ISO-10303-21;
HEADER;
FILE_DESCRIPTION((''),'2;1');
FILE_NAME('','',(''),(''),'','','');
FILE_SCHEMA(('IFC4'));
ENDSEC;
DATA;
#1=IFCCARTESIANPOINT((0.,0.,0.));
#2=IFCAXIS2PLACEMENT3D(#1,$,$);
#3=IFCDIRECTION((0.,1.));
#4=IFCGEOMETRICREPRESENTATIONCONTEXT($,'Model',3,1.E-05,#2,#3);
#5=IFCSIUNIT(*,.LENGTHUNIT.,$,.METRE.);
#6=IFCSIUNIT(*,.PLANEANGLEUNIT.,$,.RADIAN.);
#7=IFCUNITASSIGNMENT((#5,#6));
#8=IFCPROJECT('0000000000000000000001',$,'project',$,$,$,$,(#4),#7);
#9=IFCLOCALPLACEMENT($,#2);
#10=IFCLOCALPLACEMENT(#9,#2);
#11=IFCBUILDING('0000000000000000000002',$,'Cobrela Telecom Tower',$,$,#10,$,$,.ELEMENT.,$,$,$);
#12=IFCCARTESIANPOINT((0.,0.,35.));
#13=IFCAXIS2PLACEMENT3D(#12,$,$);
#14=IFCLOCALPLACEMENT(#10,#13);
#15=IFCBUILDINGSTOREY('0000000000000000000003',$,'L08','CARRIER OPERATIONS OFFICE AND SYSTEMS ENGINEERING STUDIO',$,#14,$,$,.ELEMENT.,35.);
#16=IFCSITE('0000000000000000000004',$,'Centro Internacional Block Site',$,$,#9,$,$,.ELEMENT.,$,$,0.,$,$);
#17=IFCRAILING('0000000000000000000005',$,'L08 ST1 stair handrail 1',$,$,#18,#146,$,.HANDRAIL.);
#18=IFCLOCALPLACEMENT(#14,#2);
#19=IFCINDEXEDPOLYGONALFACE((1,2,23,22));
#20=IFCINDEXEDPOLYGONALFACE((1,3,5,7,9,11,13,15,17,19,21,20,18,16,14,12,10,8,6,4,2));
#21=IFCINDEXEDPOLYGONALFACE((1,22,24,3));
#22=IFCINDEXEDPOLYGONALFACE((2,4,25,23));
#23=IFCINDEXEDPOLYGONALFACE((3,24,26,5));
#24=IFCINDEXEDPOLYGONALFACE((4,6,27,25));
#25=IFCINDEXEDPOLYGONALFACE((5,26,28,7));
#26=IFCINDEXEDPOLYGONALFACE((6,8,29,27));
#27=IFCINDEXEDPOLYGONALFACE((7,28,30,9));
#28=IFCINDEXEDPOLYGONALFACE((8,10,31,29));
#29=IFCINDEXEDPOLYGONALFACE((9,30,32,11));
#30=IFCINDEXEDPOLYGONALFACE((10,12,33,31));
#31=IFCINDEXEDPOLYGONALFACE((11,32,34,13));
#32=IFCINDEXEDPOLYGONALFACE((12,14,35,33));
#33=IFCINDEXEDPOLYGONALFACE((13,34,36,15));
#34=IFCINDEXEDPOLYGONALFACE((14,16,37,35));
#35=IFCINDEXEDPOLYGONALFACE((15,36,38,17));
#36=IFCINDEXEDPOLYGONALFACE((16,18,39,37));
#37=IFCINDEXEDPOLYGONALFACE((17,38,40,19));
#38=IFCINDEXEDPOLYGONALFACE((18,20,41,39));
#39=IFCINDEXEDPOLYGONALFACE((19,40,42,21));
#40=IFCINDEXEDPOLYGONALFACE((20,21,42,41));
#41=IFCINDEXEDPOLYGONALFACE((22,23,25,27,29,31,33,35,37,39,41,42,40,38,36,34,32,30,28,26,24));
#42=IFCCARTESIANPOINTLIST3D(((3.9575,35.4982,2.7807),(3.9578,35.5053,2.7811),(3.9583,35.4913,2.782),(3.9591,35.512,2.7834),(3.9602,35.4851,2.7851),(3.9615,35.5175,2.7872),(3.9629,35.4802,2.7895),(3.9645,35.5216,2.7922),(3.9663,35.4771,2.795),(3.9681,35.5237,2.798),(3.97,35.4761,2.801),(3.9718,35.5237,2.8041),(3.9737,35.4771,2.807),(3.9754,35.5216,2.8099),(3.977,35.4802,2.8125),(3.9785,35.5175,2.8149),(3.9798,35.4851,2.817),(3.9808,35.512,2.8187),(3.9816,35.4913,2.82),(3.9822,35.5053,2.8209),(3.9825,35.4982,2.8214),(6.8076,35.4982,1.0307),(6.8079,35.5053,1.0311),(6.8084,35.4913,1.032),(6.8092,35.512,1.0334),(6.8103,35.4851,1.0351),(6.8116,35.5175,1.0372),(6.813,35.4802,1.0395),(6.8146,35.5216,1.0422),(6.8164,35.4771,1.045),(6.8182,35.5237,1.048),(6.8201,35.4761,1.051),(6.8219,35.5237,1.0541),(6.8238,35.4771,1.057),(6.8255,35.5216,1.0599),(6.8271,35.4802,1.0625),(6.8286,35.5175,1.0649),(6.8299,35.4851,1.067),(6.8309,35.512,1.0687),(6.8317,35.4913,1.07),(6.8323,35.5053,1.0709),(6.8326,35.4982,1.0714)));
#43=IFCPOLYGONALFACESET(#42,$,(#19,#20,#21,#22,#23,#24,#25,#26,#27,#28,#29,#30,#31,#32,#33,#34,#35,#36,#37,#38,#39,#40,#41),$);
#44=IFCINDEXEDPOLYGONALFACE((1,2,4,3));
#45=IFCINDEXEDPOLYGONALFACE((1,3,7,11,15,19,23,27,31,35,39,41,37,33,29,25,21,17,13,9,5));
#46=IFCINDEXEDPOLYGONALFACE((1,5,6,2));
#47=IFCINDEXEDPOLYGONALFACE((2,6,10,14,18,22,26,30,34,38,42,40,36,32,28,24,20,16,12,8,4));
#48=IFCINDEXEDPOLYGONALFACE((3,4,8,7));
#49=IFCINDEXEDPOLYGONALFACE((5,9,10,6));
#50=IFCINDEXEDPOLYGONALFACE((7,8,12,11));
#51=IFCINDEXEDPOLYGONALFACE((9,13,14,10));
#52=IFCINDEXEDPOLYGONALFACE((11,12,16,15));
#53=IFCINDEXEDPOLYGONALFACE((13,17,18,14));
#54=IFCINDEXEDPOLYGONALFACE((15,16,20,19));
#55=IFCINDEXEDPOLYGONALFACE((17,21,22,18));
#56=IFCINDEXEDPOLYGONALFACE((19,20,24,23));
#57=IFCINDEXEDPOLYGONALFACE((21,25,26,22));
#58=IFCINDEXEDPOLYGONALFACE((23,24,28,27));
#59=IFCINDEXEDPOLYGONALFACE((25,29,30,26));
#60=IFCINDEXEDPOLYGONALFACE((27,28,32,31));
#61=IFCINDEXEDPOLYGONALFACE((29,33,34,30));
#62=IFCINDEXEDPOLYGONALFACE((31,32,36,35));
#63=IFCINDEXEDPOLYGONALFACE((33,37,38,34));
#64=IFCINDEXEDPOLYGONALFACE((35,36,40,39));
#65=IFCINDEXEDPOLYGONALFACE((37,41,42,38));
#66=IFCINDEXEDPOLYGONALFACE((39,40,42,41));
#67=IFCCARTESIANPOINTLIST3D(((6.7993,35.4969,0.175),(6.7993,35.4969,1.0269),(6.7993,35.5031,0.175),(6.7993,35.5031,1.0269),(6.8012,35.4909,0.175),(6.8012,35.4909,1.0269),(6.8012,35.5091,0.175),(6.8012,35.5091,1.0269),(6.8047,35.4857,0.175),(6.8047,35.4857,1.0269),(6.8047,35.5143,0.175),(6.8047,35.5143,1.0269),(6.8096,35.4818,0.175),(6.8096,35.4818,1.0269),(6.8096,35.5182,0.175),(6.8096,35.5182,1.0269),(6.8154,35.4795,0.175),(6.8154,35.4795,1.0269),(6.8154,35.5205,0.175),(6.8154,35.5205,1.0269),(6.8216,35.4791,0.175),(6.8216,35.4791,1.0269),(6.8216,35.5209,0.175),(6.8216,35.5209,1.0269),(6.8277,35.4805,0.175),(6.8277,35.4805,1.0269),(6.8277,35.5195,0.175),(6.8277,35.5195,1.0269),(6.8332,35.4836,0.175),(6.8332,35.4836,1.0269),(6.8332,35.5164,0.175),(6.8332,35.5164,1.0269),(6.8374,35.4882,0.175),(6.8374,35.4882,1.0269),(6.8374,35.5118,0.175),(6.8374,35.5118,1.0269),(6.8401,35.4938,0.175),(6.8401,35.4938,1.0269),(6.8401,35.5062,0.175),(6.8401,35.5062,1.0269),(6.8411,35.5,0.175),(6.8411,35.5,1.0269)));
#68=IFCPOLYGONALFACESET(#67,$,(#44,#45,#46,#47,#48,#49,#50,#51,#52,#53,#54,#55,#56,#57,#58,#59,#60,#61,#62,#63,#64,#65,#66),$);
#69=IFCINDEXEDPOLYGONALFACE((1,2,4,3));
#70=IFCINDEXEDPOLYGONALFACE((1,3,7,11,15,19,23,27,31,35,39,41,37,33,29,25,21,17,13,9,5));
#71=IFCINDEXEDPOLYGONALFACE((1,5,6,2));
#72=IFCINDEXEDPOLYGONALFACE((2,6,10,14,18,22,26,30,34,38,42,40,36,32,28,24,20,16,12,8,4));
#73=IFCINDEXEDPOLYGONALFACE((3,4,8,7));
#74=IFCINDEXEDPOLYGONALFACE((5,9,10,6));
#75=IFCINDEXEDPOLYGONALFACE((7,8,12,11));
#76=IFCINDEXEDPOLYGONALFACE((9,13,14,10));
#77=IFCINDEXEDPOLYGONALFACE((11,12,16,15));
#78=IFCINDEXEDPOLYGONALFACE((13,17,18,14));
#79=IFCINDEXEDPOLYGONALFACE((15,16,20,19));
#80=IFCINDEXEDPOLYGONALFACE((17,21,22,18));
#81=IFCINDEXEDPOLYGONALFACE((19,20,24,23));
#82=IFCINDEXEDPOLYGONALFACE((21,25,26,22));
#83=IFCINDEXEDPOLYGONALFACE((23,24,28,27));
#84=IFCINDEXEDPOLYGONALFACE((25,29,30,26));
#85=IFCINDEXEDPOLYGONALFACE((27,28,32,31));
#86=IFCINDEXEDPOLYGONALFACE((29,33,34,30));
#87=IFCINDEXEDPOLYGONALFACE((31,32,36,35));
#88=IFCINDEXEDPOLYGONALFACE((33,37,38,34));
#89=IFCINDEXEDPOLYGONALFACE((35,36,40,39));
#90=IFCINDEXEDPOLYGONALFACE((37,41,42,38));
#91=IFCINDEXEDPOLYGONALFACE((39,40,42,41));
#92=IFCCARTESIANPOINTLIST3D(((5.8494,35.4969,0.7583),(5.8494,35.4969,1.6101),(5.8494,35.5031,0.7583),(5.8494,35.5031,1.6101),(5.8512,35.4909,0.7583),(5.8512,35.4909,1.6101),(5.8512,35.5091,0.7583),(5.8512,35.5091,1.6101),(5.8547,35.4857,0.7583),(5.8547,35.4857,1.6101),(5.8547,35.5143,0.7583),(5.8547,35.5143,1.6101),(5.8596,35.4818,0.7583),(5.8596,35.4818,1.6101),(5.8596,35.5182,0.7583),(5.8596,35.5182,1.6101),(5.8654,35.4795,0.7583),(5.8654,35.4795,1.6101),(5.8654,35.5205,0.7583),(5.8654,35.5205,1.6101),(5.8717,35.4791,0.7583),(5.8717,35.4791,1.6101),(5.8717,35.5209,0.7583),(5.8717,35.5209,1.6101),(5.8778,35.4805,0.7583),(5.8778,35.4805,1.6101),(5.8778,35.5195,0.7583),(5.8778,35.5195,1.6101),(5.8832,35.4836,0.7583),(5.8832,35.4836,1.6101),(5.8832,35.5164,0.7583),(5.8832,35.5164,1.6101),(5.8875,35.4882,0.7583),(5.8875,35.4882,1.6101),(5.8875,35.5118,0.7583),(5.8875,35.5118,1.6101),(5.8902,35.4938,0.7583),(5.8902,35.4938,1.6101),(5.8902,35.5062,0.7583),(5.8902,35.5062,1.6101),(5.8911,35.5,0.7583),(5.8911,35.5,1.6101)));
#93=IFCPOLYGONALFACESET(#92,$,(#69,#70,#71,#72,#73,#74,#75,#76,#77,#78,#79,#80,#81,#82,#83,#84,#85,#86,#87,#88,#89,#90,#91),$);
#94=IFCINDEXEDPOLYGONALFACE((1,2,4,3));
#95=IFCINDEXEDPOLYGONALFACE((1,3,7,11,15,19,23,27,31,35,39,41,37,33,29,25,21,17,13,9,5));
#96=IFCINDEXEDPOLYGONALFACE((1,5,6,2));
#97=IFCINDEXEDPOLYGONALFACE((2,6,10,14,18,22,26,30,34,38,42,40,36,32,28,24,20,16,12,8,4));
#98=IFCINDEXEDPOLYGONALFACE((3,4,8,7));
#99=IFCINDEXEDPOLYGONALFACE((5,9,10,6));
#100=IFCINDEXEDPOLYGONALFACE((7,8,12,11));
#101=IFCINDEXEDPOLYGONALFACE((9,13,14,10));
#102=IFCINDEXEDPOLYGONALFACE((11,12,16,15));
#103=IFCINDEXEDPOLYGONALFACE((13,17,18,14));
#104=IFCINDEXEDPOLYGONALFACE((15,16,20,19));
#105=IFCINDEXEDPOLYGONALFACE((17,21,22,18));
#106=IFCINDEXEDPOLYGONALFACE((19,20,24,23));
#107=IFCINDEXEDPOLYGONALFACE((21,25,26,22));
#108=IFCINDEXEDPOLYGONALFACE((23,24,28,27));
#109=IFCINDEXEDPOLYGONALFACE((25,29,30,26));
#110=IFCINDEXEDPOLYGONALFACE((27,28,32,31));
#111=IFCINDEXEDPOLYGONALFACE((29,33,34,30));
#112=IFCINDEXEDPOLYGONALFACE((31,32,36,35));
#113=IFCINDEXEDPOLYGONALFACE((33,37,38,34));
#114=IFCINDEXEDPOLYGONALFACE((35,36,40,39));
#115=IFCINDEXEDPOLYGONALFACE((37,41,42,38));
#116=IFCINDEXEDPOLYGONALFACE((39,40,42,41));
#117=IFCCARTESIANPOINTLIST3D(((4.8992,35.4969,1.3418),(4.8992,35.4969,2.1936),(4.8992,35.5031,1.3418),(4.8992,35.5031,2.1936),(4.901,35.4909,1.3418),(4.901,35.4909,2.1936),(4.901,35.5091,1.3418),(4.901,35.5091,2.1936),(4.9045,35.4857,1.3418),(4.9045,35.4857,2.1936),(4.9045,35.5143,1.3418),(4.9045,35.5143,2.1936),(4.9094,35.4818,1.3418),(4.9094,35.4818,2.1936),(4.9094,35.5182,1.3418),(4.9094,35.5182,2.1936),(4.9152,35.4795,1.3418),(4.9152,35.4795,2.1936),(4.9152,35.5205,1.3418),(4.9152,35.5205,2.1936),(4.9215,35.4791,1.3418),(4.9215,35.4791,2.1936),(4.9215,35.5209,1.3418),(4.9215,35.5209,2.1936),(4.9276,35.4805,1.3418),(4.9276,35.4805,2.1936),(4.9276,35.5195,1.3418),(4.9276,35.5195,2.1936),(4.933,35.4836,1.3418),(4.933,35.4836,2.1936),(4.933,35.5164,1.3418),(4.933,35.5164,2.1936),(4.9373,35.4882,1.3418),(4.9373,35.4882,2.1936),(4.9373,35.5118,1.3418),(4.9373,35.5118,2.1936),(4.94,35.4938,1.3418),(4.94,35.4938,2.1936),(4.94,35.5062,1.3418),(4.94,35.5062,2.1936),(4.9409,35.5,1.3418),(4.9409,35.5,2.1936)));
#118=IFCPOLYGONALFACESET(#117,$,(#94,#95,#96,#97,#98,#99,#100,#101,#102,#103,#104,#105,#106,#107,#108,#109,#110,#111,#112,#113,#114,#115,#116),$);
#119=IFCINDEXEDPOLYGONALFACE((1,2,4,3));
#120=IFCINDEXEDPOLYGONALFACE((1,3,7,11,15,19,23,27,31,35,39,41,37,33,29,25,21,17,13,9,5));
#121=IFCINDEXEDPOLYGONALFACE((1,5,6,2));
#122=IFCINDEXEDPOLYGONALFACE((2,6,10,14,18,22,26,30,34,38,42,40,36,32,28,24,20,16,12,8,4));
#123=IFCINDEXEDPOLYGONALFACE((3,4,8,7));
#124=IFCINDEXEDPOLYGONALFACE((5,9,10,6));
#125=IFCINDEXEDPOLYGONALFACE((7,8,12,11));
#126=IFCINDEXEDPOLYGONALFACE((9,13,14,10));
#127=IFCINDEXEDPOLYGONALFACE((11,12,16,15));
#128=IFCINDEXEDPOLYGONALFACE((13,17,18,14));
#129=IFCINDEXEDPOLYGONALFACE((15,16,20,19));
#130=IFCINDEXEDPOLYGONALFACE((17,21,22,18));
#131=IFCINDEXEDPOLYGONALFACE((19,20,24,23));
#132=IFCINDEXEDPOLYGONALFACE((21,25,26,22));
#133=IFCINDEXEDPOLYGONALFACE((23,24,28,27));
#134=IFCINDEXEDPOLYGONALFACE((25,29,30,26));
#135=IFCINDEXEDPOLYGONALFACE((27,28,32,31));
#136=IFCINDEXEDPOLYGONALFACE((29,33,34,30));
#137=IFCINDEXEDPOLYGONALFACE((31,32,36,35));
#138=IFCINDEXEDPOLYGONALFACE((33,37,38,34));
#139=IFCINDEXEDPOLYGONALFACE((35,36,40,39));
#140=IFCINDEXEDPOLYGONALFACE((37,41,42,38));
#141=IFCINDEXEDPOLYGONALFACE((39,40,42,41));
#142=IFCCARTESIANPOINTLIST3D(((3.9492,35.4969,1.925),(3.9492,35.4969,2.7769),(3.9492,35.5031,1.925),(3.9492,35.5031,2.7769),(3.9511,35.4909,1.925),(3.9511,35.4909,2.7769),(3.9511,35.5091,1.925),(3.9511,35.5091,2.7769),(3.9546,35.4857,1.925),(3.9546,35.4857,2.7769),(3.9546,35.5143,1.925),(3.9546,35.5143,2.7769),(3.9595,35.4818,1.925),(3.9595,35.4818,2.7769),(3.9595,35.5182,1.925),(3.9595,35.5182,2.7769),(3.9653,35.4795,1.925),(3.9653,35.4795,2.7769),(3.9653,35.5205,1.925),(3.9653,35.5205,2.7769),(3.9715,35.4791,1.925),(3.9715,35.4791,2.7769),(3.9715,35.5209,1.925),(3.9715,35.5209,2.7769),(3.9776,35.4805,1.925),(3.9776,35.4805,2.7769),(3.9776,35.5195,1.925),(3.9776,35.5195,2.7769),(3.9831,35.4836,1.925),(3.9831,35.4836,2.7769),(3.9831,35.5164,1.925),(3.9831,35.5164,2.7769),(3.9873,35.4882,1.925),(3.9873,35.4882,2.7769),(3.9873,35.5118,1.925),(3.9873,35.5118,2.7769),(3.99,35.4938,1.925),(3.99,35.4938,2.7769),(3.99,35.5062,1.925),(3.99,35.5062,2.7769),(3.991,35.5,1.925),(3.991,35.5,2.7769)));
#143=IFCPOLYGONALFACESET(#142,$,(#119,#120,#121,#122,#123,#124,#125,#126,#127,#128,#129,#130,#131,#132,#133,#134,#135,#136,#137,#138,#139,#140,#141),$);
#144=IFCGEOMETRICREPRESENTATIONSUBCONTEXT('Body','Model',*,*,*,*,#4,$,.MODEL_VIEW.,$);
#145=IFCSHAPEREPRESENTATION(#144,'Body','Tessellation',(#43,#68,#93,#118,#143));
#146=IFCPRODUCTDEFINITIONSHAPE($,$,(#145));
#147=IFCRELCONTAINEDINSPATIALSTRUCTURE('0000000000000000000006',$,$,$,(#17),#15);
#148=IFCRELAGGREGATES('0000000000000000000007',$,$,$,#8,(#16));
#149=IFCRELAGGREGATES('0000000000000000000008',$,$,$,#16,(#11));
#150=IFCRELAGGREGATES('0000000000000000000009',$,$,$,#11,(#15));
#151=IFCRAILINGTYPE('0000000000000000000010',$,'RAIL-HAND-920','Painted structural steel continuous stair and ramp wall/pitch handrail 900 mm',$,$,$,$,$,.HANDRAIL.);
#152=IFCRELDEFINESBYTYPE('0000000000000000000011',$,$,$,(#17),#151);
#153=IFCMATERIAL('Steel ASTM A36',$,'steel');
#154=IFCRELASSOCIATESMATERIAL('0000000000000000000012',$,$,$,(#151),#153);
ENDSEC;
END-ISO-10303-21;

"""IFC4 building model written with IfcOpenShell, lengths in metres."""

from ifc_helpers import new_model, si_unit, direction, frame, origin, origin_2d, place, context, subcontext, project, spatial, circle, extrude, material, type_object, element, save


model = new_model("IFC4")

# Units and contexts
model_context = context("Model", 3, precision=1e-05, world=origin(), true_north=direction((0.0, 1.0)))
body_context = subcontext(model_context, "Body", "Model", "MODEL_VIEW")
ifc_project = project(units=[si_unit("LENGTHUNIT", "METRE"), si_unit("PLANEANGLEUNIT", "RADIAN")], contexts=[model_context])

# Site, building, storey
site_placement = place(None, origin())
site = spatial("IfcSite", under=ifc_project, at=site_placement, Name="Centro Internacional Block Site", CompositionType="ELEMENT", RefElevation=0.0)
building_placement = place(site_placement, origin())
building = spatial("IfcBuilding", under=site, at=building_placement, Name="Cobrela Telecom Tower", CompositionType="ELEMENT")
storey_placement = place(building_placement, frame((0.0, 0.0, 35.0)))
storey = spatial("IfcBuildingStorey", under=building, at=storey_placement, Name="L08", Description="CARRIER OPERATIONS OFFICE AND SYSTEMS ENGINEERING STUDIO", CompositionType="ELEMENT", Elevation=35.0)

# Shared definitions
ifc_material_1 = material(Name="Steel ASTM A36", Category="steel")

# Railing
railing_type_1 = type_object("IfcRailingType", Name="RAIL-HAND-920", Description="Painted structural steel continuous stair and ramp wall/pitch handrail 900 mm", PredefinedType="HANDRAIL", material=ifc_material_1)
railing_1_placement = place(storey_placement, frame((6.8201, 35.5, 0.175)))
element("IfcRailing", 1, at=railing_1_placement, inside=storey, type_object=railing_type_1, Name="L08 ST1 stair handrail 1", PredefinedType="HANDRAIL", context=body_context, shape_type="SweptSolid", body=[
    extrude(circle(Radius=0.0239, at=origin_2d()), frame((0.0, 0.0, 0.876), z_axis=(-0.852179, 0.0, 0.52325), x_axis=(0.0, -1.0, 0.0)), (0.0, 0.0, 1.0), 3.3445),
    extrude(circle(Radius=0.021, at=origin_2d()), origin(), (0.0, 0.0, 1.0), 0.8518),
    extrude(circle(Radius=0.021, at=origin_2d()), frame((-0.95, 0.0, 0.5833)), (0.0, 0.0, 1.0), 0.8518),
    extrude(circle(Radius=0.021, at=origin_2d()), frame((-1.9001, 0.0, 1.1667)), (0.0, 0.0, 1.0), 0.8518),
    extrude(circle(Radius=0.021, at=origin_2d()), frame((-2.8501, 0.0, 1.75)), (0.0, 0.0, 1.0), 0.8518),
])

save(model, "model.ifc")
